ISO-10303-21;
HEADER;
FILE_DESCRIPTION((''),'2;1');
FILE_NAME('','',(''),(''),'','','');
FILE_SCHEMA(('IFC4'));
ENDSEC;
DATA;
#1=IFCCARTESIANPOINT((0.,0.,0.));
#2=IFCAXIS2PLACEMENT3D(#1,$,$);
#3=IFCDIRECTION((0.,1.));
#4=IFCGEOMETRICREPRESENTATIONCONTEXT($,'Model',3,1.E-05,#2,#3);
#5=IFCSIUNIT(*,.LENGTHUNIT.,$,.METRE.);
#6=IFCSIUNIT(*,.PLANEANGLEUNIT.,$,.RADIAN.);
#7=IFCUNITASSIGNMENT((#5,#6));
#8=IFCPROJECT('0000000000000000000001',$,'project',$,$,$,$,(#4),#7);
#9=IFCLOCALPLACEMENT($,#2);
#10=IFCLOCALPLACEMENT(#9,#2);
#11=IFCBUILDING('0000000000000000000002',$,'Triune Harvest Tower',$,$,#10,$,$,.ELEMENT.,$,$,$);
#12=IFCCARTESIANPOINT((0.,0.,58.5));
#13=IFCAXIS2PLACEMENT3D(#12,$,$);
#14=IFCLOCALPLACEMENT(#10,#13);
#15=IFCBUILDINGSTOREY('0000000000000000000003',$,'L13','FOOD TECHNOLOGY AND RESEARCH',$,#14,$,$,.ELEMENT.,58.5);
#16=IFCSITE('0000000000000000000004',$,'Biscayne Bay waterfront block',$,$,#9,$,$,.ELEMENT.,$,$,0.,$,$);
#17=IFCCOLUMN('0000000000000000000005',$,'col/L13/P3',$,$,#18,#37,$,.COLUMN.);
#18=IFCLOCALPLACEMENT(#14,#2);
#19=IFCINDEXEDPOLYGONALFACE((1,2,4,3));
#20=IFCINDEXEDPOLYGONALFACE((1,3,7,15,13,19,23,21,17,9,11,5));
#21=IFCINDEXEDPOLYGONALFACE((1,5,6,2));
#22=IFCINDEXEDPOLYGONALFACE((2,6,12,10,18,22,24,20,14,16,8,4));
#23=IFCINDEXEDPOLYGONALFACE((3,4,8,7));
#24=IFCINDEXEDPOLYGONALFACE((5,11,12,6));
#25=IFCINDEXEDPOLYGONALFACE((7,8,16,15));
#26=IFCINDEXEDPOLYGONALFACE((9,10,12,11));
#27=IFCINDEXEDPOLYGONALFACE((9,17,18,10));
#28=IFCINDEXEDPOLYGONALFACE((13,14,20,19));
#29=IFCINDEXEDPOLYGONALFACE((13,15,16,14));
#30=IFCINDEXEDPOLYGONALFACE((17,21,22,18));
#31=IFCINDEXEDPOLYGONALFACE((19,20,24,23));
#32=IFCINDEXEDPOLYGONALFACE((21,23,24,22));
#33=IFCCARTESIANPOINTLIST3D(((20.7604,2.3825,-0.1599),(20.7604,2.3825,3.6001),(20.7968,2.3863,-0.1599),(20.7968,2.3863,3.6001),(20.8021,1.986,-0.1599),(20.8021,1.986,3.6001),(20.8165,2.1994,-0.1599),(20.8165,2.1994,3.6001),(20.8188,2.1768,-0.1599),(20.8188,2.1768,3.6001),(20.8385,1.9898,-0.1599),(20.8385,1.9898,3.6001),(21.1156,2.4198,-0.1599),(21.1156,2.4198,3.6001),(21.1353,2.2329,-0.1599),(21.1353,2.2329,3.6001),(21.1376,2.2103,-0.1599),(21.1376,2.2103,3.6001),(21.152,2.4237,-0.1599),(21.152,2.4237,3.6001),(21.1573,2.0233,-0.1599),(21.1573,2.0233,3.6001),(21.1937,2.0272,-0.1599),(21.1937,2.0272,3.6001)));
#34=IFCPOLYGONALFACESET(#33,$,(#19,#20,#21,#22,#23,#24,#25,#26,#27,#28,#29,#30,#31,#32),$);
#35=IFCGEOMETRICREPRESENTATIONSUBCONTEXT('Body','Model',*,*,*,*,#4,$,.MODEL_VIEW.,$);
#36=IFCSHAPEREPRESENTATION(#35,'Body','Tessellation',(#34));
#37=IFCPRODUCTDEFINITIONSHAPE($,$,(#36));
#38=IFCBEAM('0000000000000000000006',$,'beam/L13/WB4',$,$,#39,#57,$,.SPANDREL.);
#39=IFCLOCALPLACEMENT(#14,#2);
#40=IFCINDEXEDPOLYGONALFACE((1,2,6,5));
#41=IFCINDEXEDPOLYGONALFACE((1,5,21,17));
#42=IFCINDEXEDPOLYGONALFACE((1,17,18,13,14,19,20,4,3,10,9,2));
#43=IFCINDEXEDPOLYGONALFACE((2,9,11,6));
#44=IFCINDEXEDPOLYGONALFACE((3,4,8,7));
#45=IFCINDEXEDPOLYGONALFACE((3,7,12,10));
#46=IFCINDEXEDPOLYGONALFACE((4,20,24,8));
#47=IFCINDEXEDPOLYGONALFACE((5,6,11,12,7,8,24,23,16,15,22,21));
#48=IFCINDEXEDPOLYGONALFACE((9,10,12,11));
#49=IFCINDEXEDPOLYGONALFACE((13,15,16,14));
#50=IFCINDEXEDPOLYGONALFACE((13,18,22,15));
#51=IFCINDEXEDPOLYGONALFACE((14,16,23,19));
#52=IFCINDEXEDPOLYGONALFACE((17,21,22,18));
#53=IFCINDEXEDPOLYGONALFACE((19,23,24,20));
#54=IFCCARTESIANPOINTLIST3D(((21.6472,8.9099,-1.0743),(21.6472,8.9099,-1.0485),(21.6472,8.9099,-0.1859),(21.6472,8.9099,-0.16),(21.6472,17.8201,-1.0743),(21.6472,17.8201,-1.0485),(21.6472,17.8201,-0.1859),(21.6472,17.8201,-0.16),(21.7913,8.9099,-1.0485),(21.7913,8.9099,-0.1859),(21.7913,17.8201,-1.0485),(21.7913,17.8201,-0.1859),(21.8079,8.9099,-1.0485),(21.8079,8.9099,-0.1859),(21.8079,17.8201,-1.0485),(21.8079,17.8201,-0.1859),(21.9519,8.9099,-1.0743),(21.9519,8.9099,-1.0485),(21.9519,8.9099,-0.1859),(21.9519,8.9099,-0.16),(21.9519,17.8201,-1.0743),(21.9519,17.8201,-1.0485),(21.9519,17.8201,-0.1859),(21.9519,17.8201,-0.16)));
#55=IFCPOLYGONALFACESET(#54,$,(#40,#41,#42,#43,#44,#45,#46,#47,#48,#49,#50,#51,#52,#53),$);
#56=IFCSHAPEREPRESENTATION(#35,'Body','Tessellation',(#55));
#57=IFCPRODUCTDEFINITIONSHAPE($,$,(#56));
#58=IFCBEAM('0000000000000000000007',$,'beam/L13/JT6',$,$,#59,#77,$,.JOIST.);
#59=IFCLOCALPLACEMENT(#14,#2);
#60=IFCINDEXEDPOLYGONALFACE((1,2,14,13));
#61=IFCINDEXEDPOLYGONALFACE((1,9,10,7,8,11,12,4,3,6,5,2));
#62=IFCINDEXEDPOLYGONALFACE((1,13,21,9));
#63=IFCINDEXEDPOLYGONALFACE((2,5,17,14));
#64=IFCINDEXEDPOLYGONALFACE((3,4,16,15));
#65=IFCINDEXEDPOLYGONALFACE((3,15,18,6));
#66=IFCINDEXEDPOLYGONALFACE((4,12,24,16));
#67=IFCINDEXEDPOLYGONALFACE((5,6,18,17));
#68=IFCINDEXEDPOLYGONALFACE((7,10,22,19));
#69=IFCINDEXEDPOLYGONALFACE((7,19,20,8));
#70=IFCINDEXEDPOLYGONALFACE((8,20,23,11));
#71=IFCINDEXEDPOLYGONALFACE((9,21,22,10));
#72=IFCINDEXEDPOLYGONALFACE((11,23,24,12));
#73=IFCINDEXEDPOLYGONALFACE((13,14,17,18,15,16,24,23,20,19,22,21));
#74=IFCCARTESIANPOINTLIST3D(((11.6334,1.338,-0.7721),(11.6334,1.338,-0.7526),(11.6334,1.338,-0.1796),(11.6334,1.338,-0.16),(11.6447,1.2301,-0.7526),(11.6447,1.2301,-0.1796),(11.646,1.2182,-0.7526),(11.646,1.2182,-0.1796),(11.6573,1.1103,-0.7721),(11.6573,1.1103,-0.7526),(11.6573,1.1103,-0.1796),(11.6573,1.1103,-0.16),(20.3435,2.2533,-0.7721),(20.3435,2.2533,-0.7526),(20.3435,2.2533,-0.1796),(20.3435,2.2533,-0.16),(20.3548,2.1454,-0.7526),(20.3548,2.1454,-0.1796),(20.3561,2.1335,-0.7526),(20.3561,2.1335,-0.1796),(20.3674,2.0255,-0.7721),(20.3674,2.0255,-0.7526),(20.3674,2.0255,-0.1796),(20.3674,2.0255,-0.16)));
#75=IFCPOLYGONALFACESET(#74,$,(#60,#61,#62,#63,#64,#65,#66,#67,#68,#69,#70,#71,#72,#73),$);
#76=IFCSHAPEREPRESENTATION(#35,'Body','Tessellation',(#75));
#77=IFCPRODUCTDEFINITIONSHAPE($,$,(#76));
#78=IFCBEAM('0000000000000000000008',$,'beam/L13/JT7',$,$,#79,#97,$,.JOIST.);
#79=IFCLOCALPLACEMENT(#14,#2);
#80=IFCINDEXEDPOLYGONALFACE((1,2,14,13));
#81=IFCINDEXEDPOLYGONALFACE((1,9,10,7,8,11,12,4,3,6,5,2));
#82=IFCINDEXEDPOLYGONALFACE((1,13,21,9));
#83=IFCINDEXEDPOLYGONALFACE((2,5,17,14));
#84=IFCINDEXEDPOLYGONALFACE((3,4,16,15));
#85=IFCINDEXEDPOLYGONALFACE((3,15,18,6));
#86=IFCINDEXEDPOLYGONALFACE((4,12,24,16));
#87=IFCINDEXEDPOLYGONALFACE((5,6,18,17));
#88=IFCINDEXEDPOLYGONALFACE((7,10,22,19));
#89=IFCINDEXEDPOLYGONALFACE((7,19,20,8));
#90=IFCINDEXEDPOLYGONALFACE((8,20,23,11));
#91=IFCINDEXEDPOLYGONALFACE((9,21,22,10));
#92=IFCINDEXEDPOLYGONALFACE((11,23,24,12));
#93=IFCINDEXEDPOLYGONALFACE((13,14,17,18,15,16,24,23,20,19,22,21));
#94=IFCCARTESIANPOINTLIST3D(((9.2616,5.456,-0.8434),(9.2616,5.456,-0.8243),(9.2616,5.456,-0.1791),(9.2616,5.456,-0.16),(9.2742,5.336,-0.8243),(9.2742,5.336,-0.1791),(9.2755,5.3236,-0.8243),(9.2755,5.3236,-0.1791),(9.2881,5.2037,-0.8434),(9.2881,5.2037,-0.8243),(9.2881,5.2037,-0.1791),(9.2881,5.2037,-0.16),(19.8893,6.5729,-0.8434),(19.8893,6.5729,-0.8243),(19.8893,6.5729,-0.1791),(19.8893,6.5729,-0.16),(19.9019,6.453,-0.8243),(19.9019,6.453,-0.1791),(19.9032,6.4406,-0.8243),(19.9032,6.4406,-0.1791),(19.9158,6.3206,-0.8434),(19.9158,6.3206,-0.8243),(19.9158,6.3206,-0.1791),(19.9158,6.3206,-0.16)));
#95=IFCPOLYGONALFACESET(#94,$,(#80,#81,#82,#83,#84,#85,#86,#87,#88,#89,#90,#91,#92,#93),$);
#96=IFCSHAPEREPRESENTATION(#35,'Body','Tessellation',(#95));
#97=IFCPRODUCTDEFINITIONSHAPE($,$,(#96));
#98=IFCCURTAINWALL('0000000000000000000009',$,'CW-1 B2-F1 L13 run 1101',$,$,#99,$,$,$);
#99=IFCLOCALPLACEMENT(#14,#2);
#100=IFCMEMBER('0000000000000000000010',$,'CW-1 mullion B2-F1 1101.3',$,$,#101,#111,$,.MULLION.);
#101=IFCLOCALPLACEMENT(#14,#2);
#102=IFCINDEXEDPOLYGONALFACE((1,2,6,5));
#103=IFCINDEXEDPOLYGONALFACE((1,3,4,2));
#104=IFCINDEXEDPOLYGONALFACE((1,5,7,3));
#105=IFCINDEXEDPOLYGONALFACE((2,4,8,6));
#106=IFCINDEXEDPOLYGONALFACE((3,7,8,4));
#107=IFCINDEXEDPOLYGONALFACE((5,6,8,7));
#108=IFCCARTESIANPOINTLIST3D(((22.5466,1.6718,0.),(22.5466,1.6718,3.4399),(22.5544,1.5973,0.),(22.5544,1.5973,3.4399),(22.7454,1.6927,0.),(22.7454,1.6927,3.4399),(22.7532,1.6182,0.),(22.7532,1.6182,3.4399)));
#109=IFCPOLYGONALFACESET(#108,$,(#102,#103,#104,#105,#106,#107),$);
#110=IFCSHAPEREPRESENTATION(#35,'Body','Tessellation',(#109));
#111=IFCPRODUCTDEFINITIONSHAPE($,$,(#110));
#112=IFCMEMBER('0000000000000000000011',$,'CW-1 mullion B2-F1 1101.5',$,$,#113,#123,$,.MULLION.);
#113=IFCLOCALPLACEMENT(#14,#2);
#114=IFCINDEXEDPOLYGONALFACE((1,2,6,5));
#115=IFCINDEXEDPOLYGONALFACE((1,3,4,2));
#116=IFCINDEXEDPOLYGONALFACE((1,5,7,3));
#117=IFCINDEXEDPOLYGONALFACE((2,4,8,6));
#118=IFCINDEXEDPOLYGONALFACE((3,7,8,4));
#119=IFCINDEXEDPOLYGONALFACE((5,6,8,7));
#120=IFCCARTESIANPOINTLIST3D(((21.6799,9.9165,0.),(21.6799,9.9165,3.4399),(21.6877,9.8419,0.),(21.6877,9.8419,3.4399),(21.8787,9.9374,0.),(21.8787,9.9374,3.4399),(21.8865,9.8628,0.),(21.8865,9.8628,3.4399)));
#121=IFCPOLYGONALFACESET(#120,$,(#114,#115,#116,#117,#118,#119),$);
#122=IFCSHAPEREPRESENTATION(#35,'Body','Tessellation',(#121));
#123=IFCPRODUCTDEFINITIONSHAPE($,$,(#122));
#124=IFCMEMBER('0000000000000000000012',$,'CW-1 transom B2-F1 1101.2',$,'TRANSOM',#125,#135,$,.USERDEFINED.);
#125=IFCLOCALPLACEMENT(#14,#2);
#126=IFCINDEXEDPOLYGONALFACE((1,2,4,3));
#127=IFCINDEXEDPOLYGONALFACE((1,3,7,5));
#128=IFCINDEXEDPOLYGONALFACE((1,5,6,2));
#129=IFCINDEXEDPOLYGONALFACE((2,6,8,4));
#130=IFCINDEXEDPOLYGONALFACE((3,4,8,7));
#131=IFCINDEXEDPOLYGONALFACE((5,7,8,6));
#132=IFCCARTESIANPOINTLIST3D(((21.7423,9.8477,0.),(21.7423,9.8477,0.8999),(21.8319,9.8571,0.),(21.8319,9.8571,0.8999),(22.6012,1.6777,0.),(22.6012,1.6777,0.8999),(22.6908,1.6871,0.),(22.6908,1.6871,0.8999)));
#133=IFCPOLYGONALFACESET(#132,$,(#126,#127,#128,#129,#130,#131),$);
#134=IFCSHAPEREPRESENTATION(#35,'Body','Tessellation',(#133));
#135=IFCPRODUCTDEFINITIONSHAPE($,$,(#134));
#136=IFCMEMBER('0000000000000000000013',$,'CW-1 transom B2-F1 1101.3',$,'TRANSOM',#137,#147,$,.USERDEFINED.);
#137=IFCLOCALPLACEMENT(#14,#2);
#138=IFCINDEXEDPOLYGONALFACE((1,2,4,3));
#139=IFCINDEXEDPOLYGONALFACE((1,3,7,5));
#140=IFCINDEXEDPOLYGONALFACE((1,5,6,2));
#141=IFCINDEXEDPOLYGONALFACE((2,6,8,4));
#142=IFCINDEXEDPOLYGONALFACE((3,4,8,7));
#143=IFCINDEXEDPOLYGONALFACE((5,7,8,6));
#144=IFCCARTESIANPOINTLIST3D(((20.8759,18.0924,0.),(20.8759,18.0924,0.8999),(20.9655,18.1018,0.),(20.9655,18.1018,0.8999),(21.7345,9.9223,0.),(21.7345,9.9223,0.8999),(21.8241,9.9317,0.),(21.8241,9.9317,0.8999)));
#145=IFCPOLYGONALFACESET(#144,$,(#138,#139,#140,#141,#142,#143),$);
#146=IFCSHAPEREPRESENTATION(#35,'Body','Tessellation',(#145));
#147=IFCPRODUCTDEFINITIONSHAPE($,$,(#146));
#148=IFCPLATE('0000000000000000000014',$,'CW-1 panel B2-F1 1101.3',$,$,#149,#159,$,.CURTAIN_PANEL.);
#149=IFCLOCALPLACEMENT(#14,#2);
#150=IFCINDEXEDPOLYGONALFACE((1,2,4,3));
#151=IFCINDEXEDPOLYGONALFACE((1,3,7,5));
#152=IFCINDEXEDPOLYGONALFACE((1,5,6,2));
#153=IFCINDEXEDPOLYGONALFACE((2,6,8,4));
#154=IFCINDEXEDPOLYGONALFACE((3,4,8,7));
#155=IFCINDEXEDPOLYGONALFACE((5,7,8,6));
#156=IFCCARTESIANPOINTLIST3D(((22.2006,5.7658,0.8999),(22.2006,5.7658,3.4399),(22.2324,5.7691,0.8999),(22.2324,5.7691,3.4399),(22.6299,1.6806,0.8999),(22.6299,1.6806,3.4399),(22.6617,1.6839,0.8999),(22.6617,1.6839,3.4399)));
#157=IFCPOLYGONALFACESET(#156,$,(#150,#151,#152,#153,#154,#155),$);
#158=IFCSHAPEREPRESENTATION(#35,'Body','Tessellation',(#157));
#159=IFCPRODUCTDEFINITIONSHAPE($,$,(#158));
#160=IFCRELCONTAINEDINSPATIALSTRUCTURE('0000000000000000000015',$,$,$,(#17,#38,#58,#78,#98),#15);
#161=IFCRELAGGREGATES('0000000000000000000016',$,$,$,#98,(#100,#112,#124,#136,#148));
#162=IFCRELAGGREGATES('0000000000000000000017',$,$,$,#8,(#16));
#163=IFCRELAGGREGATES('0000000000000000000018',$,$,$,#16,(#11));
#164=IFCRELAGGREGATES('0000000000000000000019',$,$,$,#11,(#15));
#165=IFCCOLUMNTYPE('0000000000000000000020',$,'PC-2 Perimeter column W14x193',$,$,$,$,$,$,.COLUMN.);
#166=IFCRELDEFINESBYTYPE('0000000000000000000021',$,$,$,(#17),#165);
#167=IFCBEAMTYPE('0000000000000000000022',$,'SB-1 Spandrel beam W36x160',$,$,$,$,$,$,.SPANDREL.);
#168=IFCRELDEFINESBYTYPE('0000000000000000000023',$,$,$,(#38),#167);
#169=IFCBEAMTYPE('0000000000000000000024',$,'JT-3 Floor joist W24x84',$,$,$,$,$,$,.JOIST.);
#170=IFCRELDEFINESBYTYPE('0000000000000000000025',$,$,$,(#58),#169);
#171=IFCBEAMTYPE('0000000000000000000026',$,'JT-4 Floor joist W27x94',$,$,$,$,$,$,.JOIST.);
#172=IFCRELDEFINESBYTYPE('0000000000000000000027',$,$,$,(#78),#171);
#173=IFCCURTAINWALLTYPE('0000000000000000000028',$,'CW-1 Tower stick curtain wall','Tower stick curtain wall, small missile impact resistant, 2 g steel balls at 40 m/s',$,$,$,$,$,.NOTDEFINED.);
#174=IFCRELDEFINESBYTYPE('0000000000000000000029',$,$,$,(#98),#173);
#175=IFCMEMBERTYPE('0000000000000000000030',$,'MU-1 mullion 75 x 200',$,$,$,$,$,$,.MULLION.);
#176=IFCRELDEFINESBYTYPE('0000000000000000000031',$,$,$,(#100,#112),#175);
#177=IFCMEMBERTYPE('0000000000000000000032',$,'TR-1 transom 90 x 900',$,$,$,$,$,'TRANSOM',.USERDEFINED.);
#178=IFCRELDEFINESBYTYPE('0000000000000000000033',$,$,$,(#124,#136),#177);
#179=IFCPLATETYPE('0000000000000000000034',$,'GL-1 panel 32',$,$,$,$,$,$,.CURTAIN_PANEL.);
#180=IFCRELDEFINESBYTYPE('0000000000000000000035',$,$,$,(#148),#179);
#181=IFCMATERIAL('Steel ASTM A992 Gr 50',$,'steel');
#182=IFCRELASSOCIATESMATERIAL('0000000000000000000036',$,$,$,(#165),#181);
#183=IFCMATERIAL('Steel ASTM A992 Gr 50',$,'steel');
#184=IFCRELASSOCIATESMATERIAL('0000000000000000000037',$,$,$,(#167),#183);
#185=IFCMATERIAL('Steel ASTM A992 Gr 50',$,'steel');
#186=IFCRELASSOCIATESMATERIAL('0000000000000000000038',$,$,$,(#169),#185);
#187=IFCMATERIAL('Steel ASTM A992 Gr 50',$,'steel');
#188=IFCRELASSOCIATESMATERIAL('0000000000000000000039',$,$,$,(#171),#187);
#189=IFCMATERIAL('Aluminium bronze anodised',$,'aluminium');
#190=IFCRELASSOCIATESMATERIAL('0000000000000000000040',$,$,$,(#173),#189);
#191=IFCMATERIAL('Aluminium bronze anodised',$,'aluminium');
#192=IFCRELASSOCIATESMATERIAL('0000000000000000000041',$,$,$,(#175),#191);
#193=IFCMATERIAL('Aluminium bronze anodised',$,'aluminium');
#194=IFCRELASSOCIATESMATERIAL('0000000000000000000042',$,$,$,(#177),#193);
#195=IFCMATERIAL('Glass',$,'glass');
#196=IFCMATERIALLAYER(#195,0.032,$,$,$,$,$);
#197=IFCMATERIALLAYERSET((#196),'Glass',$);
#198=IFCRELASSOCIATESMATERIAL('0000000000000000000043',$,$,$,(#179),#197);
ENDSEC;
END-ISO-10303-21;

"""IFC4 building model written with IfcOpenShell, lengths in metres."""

from ifc_helpers import new_model, si_unit, direction, frame, origin, origin_2d, place, context, subcontext, project, spatial, rectangle, i_section, extrude, source, transform, mapped, material, layer, layer_set, material_profile, profile_set, type_object, element, aggregate, save


model = new_model("IFC4")

# Units and contexts
model_context = context("Model", 3, precision=1e-05, world=origin(), true_north=direction((0.0, 1.0)))
body_context = subcontext(model_context, "Body", "Model", "MODEL_VIEW")
ifc_project = project(units=[si_unit("LENGTHUNIT", "METRE"), si_unit("PLANEANGLEUNIT", "RADIAN")], contexts=[model_context])

# Site, building, storey
site_placement = place(None, origin())
site = spatial("IfcSite", under=ifc_project, at=site_placement, Name="Biscayne Bay waterfront block", CompositionType="ELEMENT", RefElevation=0.0)
building_placement = place(site_placement, origin())
building = spatial("IfcBuilding", under=site, at=building_placement, Name="Triune Harvest Tower", CompositionType="ELEMENT")
storey_placement = place(building_placement, frame((0.0, 0.0, 58.5)))
storey = spatial("IfcBuildingStorey", under=building, at=storey_placement, Name="L13", Description="FOOD TECHNOLOGY AND RESEARCH", CompositionType="ELEMENT", Elevation=58.5)

# Column
ifc_material_1 = material(Name="Steel ASTM A992 Gr 50", Category="steel")
ifc_material_profile_1 = material_profile(ifc_material_1, i_section(OverallWidth=0.3987, OverallDepth=0.3938, WebThickness=0.0227, FlangeThickness=0.0366, at=origin_2d()), Name="W14x193")
ifc_profile_set_1 = profile_set([ifc_material_profile_1], Name="Steel ASTM A992 Gr 50")
column_type = type_object("IfcColumnType", Name="PC-2 Perimeter column W14x193", PredefinedType="COLUMN", material=ifc_profile_set_1)
shared_shape_1 = source(origin(), body_context, "Body", "SweptSolid", [
    extrude(i_section(OverallWidth=0.3987, OverallDepth=0.3938, WebThickness=0.0227, FlangeThickness=0.0366, at=origin_2d()), origin(), (0.0, 0.0, 1.0), 3.76),
])
column_placement = place(storey_placement, frame((20.9771, 2.2048, -0.1599), z_axis=(0.0, 0.0, 1.0), x_axis=(-0.104527, 0.994522, 0.0)))
element("IfcColumn", 1, at=column_placement, inside=storey, type_object=column_type, Name="col/L13/P3", PredefinedType="COLUMN", context=body_context, shape_type="MappedRepresentation", body=[
    mapped(shared_shape_1, transform((0.0, 0.0, 0.0), scale=1.0)),
])

# Beams
ifc_material_2 = material(Name="Steel ASTM A992 Gr 50", Category="steel")
ifc_material_profile_2 = material_profile(ifc_material_2, i_section(OverallWidth=0.3047, OverallDepth=0.9143, WebThickness=0.0166, FlangeThickness=0.0259, at=origin_2d()), Name="W36x160")
ifc_profile_set_2 = profile_set([ifc_material_profile_2], Name="Steel ASTM A992 Gr 50")
beam_type_1 = type_object("IfcBeamType", Name="SB-1 Spandrel beam W36x160", PredefinedType="SPANDREL", material=ifc_profile_set_2)
shared_shape_2 = source(origin(), body_context, "Body", "SweptSolid", [
    extrude(i_section(OverallWidth=0.3047, OverallDepth=0.9143, WebThickness=0.0166, FlangeThickness=0.0259, at=origin_2d()), origin(), (0.0, 0.0, 1.0), 8.9102),
])
beam_1_placement = place(storey_placement, frame((21.7996, 8.9099, -0.6172), z_axis=(0.0, 1.0, 0.0), x_axis=(-1.0, 0.0, 0.0)))
element("IfcBeam", 2, at=beam_1_placement, inside=storey, type_object=beam_type_1, Name="beam/L13/WB4", PredefinedType="SPANDREL", context=body_context, shape_type="MappedRepresentation", body=[
    mapped(shared_shape_2, transform((0.0, 0.0, 0.0), scale=1.0)),
])
ifc_material_3 = material(Name="Steel ASTM A992 Gr 50", Category="steel")
ifc_material_profile_3 = material_profile(ifc_material_3, i_section(OverallWidth=0.229, OverallDepth=0.6121, WebThickness=0.012, FlangeThickness=0.0195, at=origin_2d()), Name="W24x84")
ifc_profile_set_3 = profile_set([ifc_material_profile_3], Name="Steel ASTM A992 Gr 50")
beam_type_2 = type_object("IfcBeamType", Name="JT-3 Floor joist W24x84", PredefinedType="JOIST", material=ifc_profile_set_3)
shared_shape_3 = source(origin(), body_context, "Body", "SweptSolid", [
    extrude(i_section(OverallWidth=0.229, OverallDepth=0.6121, WebThickness=0.012, FlangeThickness=0.0195, at=origin_2d()), origin(), (0.0, 0.0, 1.0), 8.7581),
])
beam_2_placement = place(storey_placement, frame((20.3555, 2.1394, -0.4661), z_axis=(-0.994524, -0.104506, 0.0), x_axis=(0.104506, -0.994524, 0.0)))
element("IfcBeam", 3, at=beam_2_placement, inside=storey, type_object=beam_type_2, Name="beam/L13/JT6", PredefinedType="JOIST", context=body_context, shape_type="MappedRepresentation", body=[
    mapped(shared_shape_3, transform((0.0, 0.0, 0.0), scale=1.0)),
])
ifc_material_4 = material(Name="Steel ASTM A992 Gr 50", Category="steel")
ifc_material_profile_4 = material_profile(ifc_material_4, i_section(OverallWidth=0.2537, OverallDepth=0.6833, WebThickness=0.0125, FlangeThickness=0.019, at=origin_2d()), Name="W27x94")
ifc_profile_set_4 = profile_set([ifc_material_profile_4], Name="Steel ASTM A992 Gr 50")
beam_type_3 = type_object("IfcBeamType", Name="JT-4 Floor joist W27x94", PredefinedType="JOIST", material=ifc_profile_set_4)
shared_shape_4 = source(origin(), body_context, "Body", "SweptSolid", [
    extrude(i_section(OverallWidth=0.2537, OverallDepth=0.6833, WebThickness=0.0125, FlangeThickness=0.019, at=origin_2d()), origin(), (0.0, 0.0, 1.0), 10.6863),
])
beam_3_placement = place(storey_placement, frame((19.9026, 6.4468, -0.5017), z_axis=(-0.994523, -0.104522, 0.0), x_axis=(0.104522, -0.994523, 0.0)))
element("IfcBeam", 4, at=beam_3_placement, inside=storey, type_object=beam_type_3, Name="beam/L13/JT7", PredefinedType="JOIST", context=body_context, shape_type="MappedRepresentation", body=[
    mapped(shared_shape_4, transform((0.0, 0.0, 0.0), scale=1.0)),
])

# Curtain wall, members, plate
ifc_material_5 = material(Name="Aluminium bronze anodised", Category="aluminium")
curtain_wall_type = type_object("IfcCurtainWallType", Name="CW-1 Tower stick curtain wall", Description="Tower stick curtain wall, small missile impact resistant, 2 g steel balls at 40 m/s", PredefinedType="NOTDEFINED", material=ifc_material_5)
curtain_wall_placement = place(storey_placement, origin())
curtain_wall = element("IfcCurtainWall", 5, at=curtain_wall_placement, inside=storey, type_object=curtain_wall_type, Name="CW-1 B2-F1 L13 run 1101")
ifc_material_6 = material(Name="Aluminium bronze anodised", Category="aluminium")
ifc_material_profile_5 = material_profile(ifc_material_6, rectangle(XDim=0.2, YDim=0.075, at=origin_2d()), Name="MU-1 mullion 75 x 200")
ifc_profile_set_5 = profile_set([ifc_material_profile_5], Name="Aluminium bronze anodised")
member_type_1 = type_object("IfcMemberType", Name="MU-1 mullion 75 x 200", PredefinedType="MULLION", material=ifc_profile_set_5)
shared_shape_5 = source(origin(), body_context, "Body", "SweptSolid", [
    extrude(rectangle(XDim=0.2, YDim=0.075, at=origin_2d()), origin(), (0.0, 0.0, 1.0), 3.4399),
])
member_1_placement = place(storey_placement, frame((22.6499, 1.645, 0.0), z_axis=(0.0, 0.0, 1.0), x_axis=(-0.994522, -0.104528, 0.0)))
member_1 = element("IfcMember", 6, at=member_1_placement, type_object=member_type_1, Name="CW-1 mullion B2-F1 1101.3", PredefinedType="MULLION", context=body_context, shape_type="MappedRepresentation", body=[
    mapped(shared_shape_5, transform((0.0, 0.0, 0.0), scale=1.0)),
])
member_2_placement = place(storey_placement, frame((21.7832, 9.8896, 0.0), z_axis=(0.0, 0.0, 1.0), x_axis=(-0.994522, -0.104528, 0.0)))
member_2 = element("IfcMember", 7, at=member_2_placement, type_object=member_type_1, Name="CW-1 mullion B2-F1 1101.5", PredefinedType="MULLION", context=body_context, shape_type="MappedRepresentation", body=[
    mapped(shared_shape_5, transform((0.0, 0.0, 0.0), scale=1.0)),
])
ifc_material_7 = material(Name="Aluminium bronze anodised", Category="aluminium")
ifc_material_profile_6 = material_profile(ifc_material_7, rectangle(XDim=0.0901, YDim=0.8999, at=origin_2d()), Name="TR-1 transom 90 x 900")
ifc_profile_set_6 = profile_set([ifc_material_profile_6], Name="Aluminium bronze anodised")
member_type_2 = type_object("IfcMemberType", Name="TR-1 transom 90 x 900", ElementType="TRANSOM", PredefinedType="USERDEFINED", material=ifc_profile_set_6)
shared_shape_6 = source(origin(), body_context, "Body", "SweptSolid", [
    extrude(rectangle(XDim=0.0901, YDim=0.8999, at=origin_2d()), origin(), (0.0, 0.0, 1.0), 8.2151),
])
member_3_placement = place(storey_placement, frame((22.646, 1.6824, 0.45), z_axis=(-0.104549, 0.99452, 0.0), x_axis=(-0.99452, -0.104549, 0.0)))
member_3 = element("IfcMember", 8, at=member_3_placement, type_object=member_type_2, Name="CW-1 transom B2-F1 1101.2", ObjectType="TRANSOM", PredefinedType="USERDEFINED", context=body_context, shape_type="MappedRepresentation", body=[
    mapped(shared_shape_6, transform((0.0, 0.0, 0.0), scale=1.0)),
])
member_4_placement = place(storey_placement, frame((21.7793, 9.927, 0.45), z_axis=(-0.104519, 0.994523, 0.0), x_axis=(-0.994523, -0.104519, 0.0)))
member_4 = element("IfcMember", 9, at=member_4_placement, type_object=member_type_2, Name="CW-1 transom B2-F1 1101.3", ObjectType="TRANSOM", PredefinedType="USERDEFINED", context=body_context, shape_type="MappedRepresentation", body=[
    mapped(shared_shape_6, transform((0.0, 0.0, 0.0), scale=1.0)),
])
ifc_material_8 = material(Name="Glass", Category="glass")
ifc_layer_1 = layer(ifc_material_8, 0.032)
ifc_layer_set_1 = layer_set([ifc_layer_1], Name="Glass")
plate_type = type_object("IfcPlateType", Name="GL-1 panel 32", PredefinedType="CURTAIN_PANEL", material=ifc_layer_set_1)
shared_shape_7 = source(origin(), body_context, "Body", "SweptSolid", [
    extrude(rectangle(XDim=4.1077, YDim=0.032, at=origin_2d()), origin(), (0.0, 0.0, 1.0), 2.54),
])
plate_1_placement = place(storey_placement, frame((22.4312, 3.7249, 0.8999), z_axis=(0.0, 0.0, 1.0), x_axis=(-0.104528, 0.994522, 0.0)))
plate_1 = element("IfcPlate", 10, at=plate_1_placement, type_object=plate_type, Name="CW-1 panel B2-F1 1101.3", PredefinedType="CURTAIN_PANEL", context=body_context, shape_type="MappedRepresentation", body=[
    mapped(shared_shape_7, transform((0.0, 0.0, 0.0), scale=1.0)),
])
aggregate(curtain_wall, [member_1, member_2, member_3, member_4, plate_1])

save(model, "model.ifc")
